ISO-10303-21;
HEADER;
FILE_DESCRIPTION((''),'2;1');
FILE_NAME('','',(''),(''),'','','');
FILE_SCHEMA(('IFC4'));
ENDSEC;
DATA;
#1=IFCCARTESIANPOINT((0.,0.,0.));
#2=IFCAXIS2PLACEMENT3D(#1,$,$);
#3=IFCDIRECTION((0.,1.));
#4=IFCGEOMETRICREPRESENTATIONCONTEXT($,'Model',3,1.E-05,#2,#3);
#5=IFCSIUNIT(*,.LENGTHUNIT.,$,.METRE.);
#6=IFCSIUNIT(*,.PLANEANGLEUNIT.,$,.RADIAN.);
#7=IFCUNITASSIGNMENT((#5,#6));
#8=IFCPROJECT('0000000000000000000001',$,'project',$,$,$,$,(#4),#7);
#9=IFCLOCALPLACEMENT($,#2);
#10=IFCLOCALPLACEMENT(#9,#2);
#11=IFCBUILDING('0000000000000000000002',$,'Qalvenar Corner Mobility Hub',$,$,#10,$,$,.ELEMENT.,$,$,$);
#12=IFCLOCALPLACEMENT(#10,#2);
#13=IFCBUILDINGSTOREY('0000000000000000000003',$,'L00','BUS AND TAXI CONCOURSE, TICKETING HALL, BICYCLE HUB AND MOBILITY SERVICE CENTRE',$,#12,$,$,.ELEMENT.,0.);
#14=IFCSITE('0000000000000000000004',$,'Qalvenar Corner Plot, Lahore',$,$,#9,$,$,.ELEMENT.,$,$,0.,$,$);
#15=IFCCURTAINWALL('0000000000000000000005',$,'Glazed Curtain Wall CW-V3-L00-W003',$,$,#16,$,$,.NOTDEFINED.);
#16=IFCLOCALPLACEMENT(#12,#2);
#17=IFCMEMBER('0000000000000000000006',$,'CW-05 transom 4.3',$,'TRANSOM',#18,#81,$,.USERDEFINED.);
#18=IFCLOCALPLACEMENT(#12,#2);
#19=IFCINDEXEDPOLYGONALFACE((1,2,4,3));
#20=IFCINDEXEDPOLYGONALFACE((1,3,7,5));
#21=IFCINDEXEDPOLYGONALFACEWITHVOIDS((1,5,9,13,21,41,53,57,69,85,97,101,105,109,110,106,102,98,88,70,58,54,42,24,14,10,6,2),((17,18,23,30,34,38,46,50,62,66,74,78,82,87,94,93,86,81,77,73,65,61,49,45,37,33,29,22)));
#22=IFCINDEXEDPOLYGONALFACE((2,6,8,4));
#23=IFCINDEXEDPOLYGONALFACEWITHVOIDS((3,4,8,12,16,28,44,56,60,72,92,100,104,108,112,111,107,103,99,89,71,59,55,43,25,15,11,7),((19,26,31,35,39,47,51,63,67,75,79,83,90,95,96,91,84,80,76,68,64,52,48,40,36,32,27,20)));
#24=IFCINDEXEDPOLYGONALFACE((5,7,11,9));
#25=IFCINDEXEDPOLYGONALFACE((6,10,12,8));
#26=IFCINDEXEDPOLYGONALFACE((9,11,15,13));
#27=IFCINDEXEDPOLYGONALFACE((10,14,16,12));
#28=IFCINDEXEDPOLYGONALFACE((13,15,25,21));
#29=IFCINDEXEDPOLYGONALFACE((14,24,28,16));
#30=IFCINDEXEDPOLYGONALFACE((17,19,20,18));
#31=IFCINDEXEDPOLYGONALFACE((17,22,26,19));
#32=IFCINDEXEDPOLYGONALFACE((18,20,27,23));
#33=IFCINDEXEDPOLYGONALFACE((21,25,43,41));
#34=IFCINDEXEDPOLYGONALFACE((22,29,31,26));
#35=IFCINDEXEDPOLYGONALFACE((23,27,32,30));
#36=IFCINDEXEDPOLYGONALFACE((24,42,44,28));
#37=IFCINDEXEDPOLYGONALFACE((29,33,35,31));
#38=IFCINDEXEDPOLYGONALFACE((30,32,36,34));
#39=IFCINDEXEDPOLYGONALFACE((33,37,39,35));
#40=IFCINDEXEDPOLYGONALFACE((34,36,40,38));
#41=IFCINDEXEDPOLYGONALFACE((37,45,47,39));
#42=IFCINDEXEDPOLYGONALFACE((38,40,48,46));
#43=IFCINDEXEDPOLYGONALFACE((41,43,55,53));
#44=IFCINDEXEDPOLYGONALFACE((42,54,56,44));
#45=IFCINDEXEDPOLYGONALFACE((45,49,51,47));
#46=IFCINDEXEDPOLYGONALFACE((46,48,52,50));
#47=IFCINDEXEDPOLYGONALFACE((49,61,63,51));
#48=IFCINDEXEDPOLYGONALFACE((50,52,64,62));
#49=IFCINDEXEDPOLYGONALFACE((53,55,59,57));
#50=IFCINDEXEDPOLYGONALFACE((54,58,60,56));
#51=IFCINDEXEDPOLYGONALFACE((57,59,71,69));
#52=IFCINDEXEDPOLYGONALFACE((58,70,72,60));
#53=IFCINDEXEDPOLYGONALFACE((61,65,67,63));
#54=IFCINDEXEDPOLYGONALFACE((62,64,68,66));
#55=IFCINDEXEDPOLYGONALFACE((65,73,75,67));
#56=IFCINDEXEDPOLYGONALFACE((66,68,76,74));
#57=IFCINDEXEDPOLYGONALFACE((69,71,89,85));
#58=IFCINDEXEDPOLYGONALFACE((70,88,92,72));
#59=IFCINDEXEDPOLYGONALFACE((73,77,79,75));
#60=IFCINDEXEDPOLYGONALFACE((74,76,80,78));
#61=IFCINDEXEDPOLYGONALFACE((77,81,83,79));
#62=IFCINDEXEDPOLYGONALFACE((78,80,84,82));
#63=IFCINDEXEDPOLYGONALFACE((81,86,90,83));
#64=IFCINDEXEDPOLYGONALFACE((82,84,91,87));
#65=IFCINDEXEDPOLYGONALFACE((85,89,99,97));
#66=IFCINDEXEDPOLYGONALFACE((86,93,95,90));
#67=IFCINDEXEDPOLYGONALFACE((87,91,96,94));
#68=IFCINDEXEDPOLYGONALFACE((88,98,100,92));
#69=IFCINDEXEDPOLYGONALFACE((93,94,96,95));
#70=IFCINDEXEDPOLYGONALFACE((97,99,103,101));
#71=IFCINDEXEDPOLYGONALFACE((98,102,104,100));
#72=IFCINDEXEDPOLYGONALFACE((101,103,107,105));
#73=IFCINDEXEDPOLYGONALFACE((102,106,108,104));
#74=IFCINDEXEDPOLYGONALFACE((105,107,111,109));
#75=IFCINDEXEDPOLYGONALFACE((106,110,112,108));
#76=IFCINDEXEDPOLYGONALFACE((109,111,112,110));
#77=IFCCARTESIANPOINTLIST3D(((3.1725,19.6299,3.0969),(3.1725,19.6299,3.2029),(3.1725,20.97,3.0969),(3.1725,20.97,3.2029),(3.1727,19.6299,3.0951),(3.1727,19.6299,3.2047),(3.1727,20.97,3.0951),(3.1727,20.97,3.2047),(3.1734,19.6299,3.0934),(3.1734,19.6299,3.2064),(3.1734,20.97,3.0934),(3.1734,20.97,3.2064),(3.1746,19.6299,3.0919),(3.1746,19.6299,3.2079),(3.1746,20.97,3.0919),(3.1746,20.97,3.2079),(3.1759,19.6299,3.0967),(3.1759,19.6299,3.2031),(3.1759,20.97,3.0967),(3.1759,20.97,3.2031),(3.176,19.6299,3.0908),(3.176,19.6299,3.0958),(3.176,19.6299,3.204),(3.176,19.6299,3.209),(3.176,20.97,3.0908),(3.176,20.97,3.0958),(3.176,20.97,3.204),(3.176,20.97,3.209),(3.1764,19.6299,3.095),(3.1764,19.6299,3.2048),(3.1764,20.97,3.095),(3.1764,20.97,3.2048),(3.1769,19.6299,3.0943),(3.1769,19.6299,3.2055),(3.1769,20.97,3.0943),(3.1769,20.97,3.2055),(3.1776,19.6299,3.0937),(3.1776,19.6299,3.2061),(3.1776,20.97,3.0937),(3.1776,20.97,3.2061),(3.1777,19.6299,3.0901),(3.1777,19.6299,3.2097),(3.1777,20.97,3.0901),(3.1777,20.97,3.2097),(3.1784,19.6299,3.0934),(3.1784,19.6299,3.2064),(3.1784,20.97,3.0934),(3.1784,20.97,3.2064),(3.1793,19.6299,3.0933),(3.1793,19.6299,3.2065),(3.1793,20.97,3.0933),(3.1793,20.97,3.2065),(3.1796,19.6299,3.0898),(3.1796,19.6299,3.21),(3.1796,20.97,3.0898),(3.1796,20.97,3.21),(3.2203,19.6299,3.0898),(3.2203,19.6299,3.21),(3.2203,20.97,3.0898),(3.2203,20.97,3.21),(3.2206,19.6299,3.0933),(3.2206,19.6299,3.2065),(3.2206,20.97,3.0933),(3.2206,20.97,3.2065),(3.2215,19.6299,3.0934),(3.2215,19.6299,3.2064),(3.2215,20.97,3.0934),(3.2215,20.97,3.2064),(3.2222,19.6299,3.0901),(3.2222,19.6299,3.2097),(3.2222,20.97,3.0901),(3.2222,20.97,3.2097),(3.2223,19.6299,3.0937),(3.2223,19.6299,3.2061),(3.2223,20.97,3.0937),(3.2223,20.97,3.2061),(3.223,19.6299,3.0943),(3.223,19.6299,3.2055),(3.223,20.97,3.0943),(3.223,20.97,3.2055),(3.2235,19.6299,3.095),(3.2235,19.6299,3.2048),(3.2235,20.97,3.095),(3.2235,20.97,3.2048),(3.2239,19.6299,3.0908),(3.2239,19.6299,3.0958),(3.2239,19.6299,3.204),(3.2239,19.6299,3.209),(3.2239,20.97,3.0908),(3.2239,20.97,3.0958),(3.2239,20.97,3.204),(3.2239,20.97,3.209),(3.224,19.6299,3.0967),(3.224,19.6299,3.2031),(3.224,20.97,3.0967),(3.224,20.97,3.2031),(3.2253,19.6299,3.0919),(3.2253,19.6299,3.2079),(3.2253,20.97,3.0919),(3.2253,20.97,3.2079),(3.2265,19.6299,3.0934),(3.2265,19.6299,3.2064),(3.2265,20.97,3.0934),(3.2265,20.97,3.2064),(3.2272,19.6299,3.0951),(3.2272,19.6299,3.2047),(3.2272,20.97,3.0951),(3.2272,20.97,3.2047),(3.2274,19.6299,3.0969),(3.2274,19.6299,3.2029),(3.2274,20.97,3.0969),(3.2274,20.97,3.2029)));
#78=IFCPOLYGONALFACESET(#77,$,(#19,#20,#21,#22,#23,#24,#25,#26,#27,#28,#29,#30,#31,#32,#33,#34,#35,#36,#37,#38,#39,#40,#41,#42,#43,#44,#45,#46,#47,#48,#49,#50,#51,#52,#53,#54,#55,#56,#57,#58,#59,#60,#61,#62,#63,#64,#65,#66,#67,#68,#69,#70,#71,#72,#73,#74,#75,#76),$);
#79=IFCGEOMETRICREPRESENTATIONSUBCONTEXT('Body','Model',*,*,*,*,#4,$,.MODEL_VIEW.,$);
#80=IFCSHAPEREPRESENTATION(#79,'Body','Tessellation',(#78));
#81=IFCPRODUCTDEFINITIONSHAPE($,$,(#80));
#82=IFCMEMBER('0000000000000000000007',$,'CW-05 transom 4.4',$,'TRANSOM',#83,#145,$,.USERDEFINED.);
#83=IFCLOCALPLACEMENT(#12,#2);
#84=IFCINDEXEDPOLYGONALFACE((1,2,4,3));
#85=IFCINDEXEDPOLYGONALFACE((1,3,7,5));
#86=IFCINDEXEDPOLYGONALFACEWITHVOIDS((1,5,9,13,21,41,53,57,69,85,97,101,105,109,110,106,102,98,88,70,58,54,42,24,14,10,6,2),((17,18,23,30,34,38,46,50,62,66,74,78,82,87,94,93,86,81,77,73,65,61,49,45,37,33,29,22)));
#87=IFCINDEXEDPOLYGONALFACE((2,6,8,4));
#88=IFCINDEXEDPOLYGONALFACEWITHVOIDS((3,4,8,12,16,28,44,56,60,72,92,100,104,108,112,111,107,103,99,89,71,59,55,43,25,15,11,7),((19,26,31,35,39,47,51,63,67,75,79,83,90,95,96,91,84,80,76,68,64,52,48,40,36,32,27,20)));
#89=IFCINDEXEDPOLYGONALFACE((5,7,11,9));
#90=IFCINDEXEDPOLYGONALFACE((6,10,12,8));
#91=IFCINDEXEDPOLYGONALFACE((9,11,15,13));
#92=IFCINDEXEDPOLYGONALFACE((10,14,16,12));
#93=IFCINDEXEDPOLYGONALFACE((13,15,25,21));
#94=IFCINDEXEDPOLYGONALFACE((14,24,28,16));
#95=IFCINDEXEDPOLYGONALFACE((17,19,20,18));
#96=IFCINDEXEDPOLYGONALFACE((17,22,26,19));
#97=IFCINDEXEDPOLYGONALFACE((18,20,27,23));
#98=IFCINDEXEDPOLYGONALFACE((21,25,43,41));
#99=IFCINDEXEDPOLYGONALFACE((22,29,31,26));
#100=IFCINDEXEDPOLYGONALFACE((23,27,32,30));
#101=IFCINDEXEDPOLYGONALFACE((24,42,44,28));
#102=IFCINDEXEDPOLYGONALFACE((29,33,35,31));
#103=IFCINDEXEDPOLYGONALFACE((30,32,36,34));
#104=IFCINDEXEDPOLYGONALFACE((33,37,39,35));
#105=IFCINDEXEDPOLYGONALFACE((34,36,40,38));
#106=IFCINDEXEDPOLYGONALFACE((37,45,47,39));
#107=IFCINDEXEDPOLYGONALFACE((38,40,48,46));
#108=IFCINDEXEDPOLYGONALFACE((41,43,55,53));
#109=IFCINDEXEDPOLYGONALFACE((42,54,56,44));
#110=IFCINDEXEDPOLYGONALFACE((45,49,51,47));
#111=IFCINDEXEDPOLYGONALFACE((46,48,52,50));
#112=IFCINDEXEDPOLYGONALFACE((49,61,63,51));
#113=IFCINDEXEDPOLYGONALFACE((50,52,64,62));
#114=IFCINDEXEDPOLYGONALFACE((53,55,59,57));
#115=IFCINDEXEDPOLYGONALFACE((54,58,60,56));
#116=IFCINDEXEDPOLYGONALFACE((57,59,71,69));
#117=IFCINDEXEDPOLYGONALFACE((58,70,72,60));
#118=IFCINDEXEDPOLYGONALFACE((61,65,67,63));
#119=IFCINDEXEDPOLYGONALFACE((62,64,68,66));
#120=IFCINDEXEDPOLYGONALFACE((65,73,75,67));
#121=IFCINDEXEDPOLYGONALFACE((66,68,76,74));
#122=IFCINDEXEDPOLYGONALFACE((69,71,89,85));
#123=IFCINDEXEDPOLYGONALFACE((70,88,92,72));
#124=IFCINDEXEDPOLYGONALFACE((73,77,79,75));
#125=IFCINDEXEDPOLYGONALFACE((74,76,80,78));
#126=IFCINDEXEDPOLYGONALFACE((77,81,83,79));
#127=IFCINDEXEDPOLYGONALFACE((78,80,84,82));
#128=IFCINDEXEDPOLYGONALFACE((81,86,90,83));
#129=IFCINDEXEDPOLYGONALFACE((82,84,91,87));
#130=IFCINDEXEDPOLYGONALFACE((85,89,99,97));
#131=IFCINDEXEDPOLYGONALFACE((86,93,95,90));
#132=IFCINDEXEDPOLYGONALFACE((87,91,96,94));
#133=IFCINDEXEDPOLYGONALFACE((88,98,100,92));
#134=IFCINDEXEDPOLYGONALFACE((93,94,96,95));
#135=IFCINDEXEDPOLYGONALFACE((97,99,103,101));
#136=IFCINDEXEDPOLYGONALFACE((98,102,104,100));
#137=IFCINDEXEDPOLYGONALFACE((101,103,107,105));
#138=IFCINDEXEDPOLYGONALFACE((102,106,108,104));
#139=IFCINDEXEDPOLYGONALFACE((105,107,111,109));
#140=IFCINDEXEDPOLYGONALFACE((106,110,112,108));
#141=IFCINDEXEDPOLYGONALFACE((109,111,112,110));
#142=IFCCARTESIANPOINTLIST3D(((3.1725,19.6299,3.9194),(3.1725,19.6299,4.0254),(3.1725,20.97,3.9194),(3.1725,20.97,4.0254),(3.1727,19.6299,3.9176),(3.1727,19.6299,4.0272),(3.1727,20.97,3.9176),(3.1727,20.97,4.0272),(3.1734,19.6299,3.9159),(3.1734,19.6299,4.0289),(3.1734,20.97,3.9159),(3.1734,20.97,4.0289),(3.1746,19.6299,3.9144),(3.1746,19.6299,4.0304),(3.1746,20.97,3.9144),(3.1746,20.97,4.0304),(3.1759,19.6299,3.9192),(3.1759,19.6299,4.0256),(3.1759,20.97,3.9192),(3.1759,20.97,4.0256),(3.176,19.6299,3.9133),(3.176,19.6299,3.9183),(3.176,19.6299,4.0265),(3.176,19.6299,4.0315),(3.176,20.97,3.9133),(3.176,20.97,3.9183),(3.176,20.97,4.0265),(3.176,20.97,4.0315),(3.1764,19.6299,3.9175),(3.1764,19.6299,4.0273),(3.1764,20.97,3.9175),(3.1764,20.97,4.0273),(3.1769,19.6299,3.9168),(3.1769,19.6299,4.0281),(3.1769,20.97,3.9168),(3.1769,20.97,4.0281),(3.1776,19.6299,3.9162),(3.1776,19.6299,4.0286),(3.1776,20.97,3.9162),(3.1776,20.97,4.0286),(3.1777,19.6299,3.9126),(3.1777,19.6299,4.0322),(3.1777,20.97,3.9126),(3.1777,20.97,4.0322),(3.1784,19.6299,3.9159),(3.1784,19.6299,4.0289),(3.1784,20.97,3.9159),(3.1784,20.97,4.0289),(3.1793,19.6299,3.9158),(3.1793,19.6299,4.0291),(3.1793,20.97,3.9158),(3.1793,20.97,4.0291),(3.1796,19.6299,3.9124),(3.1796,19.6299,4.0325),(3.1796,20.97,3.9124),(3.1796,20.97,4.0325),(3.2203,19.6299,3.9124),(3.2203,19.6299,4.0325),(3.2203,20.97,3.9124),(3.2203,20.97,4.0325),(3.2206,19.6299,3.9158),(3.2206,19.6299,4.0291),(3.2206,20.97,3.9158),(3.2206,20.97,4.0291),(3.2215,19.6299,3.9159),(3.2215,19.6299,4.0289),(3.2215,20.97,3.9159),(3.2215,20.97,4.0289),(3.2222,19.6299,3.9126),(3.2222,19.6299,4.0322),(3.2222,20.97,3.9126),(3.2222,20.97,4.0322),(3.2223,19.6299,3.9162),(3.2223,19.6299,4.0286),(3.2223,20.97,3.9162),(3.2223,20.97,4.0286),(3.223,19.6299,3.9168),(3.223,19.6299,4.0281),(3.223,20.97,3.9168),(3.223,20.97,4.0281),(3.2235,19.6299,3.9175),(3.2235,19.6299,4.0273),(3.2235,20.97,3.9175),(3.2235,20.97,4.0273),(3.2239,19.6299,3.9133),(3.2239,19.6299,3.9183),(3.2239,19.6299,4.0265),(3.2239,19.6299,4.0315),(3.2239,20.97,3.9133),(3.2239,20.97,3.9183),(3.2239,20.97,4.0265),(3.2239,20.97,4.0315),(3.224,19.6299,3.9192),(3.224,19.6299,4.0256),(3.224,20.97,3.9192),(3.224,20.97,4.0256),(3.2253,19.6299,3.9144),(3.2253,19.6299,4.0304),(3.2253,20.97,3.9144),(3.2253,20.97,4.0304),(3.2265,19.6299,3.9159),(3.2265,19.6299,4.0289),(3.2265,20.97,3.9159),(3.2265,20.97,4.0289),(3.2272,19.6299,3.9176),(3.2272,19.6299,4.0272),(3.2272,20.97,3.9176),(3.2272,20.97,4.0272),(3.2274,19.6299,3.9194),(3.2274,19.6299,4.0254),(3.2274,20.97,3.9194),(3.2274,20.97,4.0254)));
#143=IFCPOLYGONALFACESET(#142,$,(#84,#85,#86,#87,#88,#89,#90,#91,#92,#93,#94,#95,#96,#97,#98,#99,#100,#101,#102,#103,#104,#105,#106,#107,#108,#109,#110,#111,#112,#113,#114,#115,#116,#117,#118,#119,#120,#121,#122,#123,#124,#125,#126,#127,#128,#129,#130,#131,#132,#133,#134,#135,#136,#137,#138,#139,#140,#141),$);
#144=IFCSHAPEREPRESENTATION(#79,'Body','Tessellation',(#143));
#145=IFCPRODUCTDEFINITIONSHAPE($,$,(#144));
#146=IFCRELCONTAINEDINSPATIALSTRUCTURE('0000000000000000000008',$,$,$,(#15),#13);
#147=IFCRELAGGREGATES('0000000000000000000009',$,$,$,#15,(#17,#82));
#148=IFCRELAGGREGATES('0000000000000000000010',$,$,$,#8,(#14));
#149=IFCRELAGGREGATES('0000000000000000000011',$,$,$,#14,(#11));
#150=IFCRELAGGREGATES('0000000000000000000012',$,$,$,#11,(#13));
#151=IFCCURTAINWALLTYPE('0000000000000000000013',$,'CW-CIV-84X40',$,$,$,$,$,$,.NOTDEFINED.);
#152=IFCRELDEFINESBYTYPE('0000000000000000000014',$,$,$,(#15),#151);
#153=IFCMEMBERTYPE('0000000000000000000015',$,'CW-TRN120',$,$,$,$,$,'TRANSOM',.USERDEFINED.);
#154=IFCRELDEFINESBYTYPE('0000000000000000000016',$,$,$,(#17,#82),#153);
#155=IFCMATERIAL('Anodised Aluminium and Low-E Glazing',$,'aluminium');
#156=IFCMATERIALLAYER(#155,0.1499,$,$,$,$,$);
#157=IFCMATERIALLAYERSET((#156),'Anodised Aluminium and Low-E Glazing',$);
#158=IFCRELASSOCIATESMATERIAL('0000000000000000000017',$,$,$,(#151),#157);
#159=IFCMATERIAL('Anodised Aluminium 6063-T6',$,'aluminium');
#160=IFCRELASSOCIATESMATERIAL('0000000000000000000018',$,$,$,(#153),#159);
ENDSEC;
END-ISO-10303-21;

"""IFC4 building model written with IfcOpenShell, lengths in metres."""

from ifc_helpers import new_model, si_unit, direction, frame, origin, origin_2d, place, context, subcontext, project, spatial, hollow_rectangle, extrude, material, layer, layer_set, material_profile, profile_set, type_object, element, aggregate, save


model = new_model("IFC4")

# Units and contexts
model_context = context("Model", 3, precision=1e-05, world=origin(), true_north=direction((0.0, 1.0)))
body_context = subcontext(model_context, "Body", "Model", "MODEL_VIEW")
ifc_project = project(units=[si_unit("LENGTHUNIT", "METRE"), si_unit("PLANEANGLEUNIT", "RADIAN")], contexts=[model_context])

# Site, building, storey
site_placement = place(None, origin())
site = spatial("IfcSite", under=ifc_project, at=site_placement, Name="Qalvenar Corner Plot, Lahore", CompositionType="ELEMENT", RefElevation=0.0)
building_placement = place(site_placement, origin())
building = spatial("IfcBuilding", under=site, at=building_placement, Name="Qalvenar Corner Mobility Hub", CompositionType="ELEMENT")
storey_placement = place(building_placement, origin())
storey = spatial("IfcBuildingStorey", under=building, at=storey_placement, Name="L00", Description="BUS AND TAXI CONCOURSE, TICKETING HALL, BICYCLE HUB AND MOBILITY SERVICE CENTRE", CompositionType="ELEMENT", Elevation=0.0)

# Curtain wall, members
ifc_material_1 = material(Name="Anodised Aluminium and Low-E Glazing", Category="aluminium")
ifc_layer_1 = layer(ifc_material_1, 0.1499)
ifc_layer_set_1 = layer_set([ifc_layer_1], Name="Anodised Aluminium and Low-E Glazing")
curtain_wall_type = type_object("IfcCurtainWallType", Name="CW-CIV-84X40", PredefinedType="NOTDEFINED", material=ifc_layer_set_1)
curtain_wall_placement = place(storey_placement, origin())
curtain_wall = element("IfcCurtainWall", 1, at=curtain_wall_placement, inside=storey, type_object=curtain_wall_type, Name="Glazed Curtain Wall CW-V3-L00-W003", PredefinedType="NOTDEFINED")
ifc_material_2 = material(Name="Anodised Aluminium 6063-T6", Category="aluminium")
ifc_material_profile_1 = material_profile(ifc_material_2, hollow_rectangle(XDim=0.0549, YDim=0.1201, WallThickness=0.0034, InnerFilletRadius=0.0034, OuterFilletRadius=0.0071, at=origin_2d()), Name="RHS120x55x3.5")
ifc_profile_set_1 = profile_set([ifc_material_profile_1], Name="Anodised Aluminium 6063-T6")
member_type_1 = type_object("IfcMemberType", Name="CW-TRN120", ElementType="TRANSOM", PredefinedType="USERDEFINED", material=ifc_profile_set_1)
member_1_placement = place(storey_placement, frame((3.2, 20.97, 3.1499), z_axis=(0.0, -1.0, 0.0), x_axis=(1.0, 0.0, 0.0)))
member_1 = element("IfcMember", 2, at=member_1_placement, type_object=member_type_1, Name="CW-05 transom 4.3", ObjectType="TRANSOM", PredefinedType="USERDEFINED", context=body_context, shape_type="SweptSolid", body=[
    extrude(hollow_rectangle(XDim=0.0549, YDim=0.1201, WallThickness=0.0034, InnerFilletRadius=0.0034, OuterFilletRadius=0.0071, at=origin_2d()), origin(), (0.0, 0.0, 1.0), 1.3401),
])
member_2_placement = place(storey_placement, frame((3.2, 20.97, 3.9724), z_axis=(0.0, -1.0, 0.0), x_axis=(1.0, 0.0, 0.0)))
member_2 = element("IfcMember", 3, at=member_2_placement, type_object=member_type_1, Name="CW-05 transom 4.4", ObjectType="TRANSOM", PredefinedType="USERDEFINED", context=body_context, shape_type="SweptSolid", body=[
    extrude(hollow_rectangle(XDim=0.0549, YDim=0.1201, WallThickness=0.0034, InnerFilletRadius=0.0034, OuterFilletRadius=0.0071, at=origin_2d()), origin(), (0.0, 0.0, 1.0), 1.3401),
])
aggregate(curtain_wall, [member_1, member_2])

save(model, "model.ifc")
